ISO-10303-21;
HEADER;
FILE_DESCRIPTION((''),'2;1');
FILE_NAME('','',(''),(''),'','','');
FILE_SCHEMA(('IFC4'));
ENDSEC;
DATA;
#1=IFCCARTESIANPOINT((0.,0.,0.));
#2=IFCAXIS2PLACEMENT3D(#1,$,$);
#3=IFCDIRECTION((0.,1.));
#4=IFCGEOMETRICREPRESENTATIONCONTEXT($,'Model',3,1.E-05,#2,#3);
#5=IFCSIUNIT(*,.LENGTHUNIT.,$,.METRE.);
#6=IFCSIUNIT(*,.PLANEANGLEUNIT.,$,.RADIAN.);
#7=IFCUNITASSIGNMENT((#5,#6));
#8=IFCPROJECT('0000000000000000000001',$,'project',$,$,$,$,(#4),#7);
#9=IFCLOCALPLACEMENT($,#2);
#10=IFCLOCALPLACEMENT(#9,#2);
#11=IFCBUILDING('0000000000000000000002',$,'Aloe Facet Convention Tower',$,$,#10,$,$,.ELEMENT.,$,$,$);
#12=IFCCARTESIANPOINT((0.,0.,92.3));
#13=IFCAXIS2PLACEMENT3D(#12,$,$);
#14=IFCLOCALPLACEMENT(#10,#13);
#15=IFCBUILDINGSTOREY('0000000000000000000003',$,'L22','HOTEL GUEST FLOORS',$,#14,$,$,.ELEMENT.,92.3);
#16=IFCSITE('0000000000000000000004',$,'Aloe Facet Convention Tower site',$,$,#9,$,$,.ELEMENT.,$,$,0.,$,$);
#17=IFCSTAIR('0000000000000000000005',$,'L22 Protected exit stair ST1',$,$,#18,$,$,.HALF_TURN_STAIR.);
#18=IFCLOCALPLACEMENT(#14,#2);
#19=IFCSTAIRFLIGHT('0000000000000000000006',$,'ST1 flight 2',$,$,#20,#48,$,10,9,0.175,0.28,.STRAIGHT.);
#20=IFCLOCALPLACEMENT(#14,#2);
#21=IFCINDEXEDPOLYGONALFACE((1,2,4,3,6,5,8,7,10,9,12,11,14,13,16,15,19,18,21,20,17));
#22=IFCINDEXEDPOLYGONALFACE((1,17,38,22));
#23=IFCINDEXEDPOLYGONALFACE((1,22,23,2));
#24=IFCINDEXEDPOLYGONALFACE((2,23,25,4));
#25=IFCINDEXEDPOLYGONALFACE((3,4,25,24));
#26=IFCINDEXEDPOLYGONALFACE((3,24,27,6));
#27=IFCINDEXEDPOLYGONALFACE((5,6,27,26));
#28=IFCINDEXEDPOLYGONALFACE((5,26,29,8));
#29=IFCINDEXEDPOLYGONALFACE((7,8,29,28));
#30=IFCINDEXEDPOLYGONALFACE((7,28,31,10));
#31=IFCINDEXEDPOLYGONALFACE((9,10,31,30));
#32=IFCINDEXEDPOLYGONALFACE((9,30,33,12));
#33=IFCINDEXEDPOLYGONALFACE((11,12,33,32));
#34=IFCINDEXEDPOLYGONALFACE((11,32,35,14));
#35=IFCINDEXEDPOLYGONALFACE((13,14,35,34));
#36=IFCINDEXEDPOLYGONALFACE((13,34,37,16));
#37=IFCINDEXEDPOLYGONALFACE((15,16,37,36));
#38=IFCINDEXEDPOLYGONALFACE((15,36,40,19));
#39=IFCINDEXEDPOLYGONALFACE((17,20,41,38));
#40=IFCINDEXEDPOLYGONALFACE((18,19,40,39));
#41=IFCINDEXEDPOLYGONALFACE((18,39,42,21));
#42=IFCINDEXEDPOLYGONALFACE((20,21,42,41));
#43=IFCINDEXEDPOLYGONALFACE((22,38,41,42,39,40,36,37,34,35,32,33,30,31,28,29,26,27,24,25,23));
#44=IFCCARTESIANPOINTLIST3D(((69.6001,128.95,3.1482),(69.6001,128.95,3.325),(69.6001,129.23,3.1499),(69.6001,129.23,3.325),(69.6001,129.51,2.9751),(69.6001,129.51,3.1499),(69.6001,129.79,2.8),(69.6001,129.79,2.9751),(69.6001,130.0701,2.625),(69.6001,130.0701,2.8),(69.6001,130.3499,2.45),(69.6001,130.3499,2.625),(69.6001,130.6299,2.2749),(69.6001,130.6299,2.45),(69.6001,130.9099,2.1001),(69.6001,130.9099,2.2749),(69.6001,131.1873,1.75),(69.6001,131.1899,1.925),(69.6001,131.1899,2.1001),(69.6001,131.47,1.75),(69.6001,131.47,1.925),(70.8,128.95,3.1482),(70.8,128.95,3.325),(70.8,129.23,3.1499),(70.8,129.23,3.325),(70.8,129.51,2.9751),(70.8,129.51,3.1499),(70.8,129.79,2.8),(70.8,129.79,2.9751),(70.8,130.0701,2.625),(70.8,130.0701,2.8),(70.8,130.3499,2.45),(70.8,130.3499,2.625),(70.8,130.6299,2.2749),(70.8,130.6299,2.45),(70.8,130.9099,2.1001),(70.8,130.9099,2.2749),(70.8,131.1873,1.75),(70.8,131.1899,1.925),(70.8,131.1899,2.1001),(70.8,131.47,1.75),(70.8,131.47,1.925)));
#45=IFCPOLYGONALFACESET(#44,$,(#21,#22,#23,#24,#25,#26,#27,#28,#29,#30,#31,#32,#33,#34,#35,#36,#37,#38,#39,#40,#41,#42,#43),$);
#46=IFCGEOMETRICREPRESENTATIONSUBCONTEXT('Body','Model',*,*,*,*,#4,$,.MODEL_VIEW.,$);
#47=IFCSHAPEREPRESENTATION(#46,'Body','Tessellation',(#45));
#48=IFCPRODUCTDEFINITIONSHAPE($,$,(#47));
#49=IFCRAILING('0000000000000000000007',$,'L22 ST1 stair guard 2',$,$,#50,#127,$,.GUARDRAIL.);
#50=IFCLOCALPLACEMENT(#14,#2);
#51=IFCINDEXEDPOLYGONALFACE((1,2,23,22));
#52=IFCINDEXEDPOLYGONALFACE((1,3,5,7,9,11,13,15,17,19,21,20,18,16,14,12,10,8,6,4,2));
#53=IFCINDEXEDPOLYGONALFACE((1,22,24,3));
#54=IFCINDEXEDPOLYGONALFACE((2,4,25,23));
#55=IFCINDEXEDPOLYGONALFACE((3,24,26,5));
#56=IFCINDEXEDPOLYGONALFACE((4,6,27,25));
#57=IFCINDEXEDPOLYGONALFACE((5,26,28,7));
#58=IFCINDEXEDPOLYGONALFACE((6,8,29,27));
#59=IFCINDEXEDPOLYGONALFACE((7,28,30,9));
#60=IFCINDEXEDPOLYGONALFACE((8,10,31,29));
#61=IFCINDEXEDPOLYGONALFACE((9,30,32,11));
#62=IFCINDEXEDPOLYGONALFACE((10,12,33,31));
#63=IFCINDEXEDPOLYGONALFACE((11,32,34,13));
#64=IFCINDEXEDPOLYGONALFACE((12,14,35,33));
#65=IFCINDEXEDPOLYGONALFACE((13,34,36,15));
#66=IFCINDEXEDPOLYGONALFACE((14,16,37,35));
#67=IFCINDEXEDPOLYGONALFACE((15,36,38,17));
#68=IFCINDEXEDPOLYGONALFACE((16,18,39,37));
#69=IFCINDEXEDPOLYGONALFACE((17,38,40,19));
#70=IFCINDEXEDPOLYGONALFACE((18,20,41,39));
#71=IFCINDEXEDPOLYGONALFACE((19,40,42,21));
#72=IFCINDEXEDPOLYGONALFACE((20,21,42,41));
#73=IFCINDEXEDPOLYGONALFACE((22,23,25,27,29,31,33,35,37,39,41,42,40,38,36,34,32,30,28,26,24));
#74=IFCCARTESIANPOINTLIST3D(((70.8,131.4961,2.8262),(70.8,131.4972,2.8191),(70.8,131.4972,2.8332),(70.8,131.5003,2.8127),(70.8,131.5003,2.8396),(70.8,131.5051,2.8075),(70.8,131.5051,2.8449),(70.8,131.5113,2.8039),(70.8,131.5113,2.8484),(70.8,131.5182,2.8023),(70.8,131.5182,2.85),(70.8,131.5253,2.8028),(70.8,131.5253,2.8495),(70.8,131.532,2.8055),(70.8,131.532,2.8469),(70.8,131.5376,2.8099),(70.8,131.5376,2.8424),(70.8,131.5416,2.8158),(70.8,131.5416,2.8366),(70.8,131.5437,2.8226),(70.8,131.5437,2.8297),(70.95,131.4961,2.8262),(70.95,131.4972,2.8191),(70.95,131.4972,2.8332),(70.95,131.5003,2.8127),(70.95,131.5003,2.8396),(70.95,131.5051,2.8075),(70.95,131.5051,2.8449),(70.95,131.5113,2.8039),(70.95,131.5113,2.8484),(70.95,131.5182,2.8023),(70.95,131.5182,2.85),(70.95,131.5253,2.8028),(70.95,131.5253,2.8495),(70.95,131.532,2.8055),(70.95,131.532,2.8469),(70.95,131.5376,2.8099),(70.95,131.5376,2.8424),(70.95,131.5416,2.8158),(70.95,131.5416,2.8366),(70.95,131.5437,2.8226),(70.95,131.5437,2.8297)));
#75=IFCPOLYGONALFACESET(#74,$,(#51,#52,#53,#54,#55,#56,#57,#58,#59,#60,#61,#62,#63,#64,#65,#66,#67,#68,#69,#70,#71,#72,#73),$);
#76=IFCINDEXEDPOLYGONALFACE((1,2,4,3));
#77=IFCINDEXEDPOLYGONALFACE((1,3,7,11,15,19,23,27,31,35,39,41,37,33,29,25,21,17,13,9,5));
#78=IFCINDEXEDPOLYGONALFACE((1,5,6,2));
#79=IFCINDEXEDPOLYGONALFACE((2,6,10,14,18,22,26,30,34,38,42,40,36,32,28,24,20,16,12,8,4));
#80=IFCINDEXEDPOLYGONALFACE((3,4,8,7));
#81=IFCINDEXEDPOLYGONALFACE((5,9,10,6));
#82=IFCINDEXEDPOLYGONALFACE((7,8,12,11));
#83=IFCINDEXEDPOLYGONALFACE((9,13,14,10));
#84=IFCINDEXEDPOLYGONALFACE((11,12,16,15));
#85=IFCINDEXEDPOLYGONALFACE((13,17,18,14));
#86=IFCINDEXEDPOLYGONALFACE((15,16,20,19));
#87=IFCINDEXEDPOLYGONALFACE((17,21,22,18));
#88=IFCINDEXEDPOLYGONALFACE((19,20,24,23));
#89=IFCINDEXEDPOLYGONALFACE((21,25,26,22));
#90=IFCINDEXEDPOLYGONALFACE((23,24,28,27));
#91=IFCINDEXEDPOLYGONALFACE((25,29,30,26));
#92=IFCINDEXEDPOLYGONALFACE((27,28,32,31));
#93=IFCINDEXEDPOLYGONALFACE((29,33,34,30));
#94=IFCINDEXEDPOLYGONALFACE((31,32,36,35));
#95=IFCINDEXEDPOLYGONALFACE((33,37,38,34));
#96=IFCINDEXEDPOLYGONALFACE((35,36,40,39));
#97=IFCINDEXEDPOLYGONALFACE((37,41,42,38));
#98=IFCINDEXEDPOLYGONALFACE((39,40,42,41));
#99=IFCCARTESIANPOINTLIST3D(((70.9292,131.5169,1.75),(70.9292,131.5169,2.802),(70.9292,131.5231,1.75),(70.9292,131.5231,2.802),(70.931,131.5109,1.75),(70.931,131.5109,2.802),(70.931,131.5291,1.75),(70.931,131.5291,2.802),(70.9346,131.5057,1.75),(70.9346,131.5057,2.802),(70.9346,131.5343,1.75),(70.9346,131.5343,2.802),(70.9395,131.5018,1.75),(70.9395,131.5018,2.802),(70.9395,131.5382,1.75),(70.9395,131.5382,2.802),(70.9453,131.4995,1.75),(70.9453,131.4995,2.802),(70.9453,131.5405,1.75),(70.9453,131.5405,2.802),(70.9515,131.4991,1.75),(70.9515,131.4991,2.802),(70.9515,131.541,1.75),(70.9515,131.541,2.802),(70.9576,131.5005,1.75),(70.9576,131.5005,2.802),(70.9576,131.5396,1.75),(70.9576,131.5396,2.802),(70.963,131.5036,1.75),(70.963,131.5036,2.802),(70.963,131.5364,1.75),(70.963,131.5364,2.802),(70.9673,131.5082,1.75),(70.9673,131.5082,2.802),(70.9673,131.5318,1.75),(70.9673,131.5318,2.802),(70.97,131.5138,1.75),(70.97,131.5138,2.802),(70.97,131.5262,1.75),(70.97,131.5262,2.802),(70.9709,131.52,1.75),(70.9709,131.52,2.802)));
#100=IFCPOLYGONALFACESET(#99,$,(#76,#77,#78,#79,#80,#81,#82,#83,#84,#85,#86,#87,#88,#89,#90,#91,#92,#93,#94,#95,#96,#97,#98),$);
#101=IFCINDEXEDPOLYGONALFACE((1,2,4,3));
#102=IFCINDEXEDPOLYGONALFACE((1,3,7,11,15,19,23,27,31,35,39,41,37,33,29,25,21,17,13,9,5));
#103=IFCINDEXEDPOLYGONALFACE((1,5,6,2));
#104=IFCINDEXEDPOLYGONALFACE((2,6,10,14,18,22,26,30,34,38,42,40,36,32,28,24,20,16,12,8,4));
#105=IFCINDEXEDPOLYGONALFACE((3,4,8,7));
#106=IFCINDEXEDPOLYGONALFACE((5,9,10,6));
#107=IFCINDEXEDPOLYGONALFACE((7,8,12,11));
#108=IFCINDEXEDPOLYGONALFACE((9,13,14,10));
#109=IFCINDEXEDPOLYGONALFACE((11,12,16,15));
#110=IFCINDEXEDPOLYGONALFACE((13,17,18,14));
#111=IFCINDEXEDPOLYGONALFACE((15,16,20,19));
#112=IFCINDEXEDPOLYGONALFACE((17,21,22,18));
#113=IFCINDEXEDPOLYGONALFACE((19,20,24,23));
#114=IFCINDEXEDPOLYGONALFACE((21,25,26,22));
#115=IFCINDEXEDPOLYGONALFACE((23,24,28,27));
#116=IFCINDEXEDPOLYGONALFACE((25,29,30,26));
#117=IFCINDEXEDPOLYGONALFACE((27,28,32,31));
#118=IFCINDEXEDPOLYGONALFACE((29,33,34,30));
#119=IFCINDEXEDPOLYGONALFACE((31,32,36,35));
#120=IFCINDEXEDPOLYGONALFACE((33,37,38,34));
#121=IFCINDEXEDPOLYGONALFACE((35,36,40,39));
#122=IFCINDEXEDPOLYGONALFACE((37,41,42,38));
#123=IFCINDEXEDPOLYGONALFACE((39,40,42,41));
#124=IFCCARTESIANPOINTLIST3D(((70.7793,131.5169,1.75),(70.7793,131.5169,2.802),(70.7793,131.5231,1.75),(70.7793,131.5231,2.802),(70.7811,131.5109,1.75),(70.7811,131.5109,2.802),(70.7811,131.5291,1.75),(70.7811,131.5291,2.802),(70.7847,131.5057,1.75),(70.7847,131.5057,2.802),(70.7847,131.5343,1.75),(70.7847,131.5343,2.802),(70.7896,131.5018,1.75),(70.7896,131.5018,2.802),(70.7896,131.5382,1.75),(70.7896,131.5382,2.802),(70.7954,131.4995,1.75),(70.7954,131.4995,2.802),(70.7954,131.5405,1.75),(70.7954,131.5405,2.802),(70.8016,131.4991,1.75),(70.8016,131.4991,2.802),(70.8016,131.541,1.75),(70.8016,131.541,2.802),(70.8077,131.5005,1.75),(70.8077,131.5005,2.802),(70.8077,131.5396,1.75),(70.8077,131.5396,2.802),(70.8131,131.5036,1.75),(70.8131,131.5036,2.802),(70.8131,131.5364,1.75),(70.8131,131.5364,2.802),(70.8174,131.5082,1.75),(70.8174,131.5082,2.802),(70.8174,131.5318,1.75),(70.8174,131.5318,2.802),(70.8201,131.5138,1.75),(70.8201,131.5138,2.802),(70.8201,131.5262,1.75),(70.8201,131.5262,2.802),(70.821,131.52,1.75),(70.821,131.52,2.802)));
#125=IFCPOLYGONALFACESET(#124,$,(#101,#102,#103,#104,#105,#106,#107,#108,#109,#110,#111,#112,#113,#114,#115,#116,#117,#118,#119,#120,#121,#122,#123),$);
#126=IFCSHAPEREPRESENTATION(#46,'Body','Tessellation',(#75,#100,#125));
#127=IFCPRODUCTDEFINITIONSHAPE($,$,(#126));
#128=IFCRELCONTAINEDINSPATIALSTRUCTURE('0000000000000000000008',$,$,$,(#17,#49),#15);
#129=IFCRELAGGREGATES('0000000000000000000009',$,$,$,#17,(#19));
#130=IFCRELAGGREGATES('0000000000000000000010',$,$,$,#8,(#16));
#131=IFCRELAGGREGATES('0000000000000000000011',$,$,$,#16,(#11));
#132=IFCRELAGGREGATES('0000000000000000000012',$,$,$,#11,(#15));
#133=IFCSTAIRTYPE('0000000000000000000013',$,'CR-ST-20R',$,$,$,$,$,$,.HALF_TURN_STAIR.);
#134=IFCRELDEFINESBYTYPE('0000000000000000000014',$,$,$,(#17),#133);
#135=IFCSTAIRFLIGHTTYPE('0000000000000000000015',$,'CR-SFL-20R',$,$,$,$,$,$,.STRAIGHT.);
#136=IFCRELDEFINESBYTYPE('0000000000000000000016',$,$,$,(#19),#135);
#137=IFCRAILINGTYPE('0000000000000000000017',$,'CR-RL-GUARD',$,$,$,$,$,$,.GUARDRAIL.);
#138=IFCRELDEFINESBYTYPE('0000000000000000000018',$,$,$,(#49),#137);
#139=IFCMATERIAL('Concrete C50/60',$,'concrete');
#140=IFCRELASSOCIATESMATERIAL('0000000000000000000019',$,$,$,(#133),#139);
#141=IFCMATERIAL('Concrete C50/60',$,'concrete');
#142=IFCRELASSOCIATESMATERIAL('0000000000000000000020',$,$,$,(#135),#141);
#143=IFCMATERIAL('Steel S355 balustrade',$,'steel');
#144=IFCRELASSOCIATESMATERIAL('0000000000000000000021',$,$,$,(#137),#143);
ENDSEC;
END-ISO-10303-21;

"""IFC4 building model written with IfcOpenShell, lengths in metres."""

from ifc_helpers import new_model, si_unit, direction, frame, origin, origin_2d, place, context, subcontext, project, spatial, polyline, circle, outline, extrude, material, type_object, element, aggregate, save


model = new_model("IFC4")

# Units and contexts
model_context = context("Model", 3, precision=1e-05, world=origin(), true_north=direction((0.0, 1.0)))
body_context = subcontext(model_context, "Body", "Model", "MODEL_VIEW")
ifc_project = project(units=[si_unit("LENGTHUNIT", "METRE"), si_unit("PLANEANGLEUNIT", "RADIAN")], contexts=[model_context])

# Site, building, storey
site_placement = place(None, origin())
site = spatial("IfcSite", under=ifc_project, at=site_placement, Name="Aloe Facet Convention Tower site", CompositionType="ELEMENT", RefElevation=0.0)
building_placement = place(site_placement, origin())
building = spatial("IfcBuilding", under=site, at=building_placement, Name="Aloe Facet Convention Tower", CompositionType="ELEMENT")
storey_placement = place(building_placement, frame((0.0, 0.0, 92.3)))
storey = spatial("IfcBuildingStorey", under=building, at=storey_placement, Name="L22", Description="HOTEL GUEST FLOORS", CompositionType="ELEMENT", Elevation=92.3)

# Stair, stair flight
ifc_material_1 = material(Name="Concrete C50/60", Category="concrete")
stair_type = type_object("IfcStairType", Name="CR-ST-20R", PredefinedType="HALF_TURN_STAIR", material=ifc_material_1)
stair_placement = place(storey_placement, origin())
stair = element("IfcStair", 1, at=stair_placement, inside=storey, type_object=stair_type, Name="L22 Protected exit stair ST1", PredefinedType="HALF_TURN_STAIR")
ifc_material_2 = material(Name="Concrete C50/60", Category="concrete")
stair_flight_type = type_object("IfcStairFlightType", Name="CR-SFL-20R", PredefinedType="STRAIGHT", material=ifc_material_2)
stair_flight_placement = place(storey_placement, frame((70.2, 131.47, 1.75), z_axis=(0.0, 0.0, 1.0), x_axis=(0.0, -1.0, 0.0)))
stair_flight = element("IfcStairFlight", 2, at=stair_flight_placement, type_object=stair_flight_type, Name="ST1 flight 2", NumberOfRisers=10, NumberOfTreads=9, PredefinedType="STRAIGHT", RiserHeight=0.175, TreadLength=0.28, context=body_context, shape_type="SweptSolid", body=[
    extrude(outline(polyline([(0.0, 0.0), (0.0, 0.175), (0.28, 0.175), (0.28, 0.3501), (0.5601, 0.3501), (0.5601, 0.5249), (0.8401, 0.5249), (0.8401, 0.7), (1.1201, 0.7), (1.1201, 0.875), (1.3999, 0.875), (1.3999, 1.05), (1.6799, 1.05), (1.6799, 1.2251), (1.96, 1.2251), (1.96, 1.3999), (2.24, 1.3999), (2.24, 1.575), (2.52, 1.575), (2.52, 1.75), (2.52, 1.3982), (0.2827, 0.0), (0.0, 0.0)])), frame((0.0, 0.6001, 0.0), z_axis=(0.0, -1.0, 0.0), x_axis=(1.0, 0.0, 0.0)), (0.0, 0.0, 1.0), 1.2),
])
aggregate(stair, [stair_flight])

# Railing
ifc_material_3 = material(Name="Steel S355 balustrade", Category="steel")
railing_type_1 = type_object("IfcRailingType", Name="CR-RL-GUARD", PredefinedType="GUARDRAIL", material=ifc_material_3)
railing_1_placement = place(storey_placement, frame((70.95, 131.52, 1.75)))
element("IfcRailing", 3, at=railing_1_placement, inside=storey, type_object=railing_type_1, Name="L22 ST1 stair guard 2", PredefinedType="GUARDRAIL", context=body_context, shape_type="SweptSolid", body=[
    extrude(circle(Radius=0.0239, at=origin_2d()), frame((0.0, 0.0, 1.0762), z_axis=(-1.0, 0.0, 0.0), x_axis=(0.0, -1.0, 0.0)), (0.0, 0.0, 1.0), 0.1499),
    extrude(circle(Radius=0.021, at=origin_2d()), origin(), (0.0, 0.0, 1.0), 1.052),
    extrude(circle(Radius=0.021, at=origin_2d()), frame((-0.1499, 0.0, 0.0)), (0.0, 0.0, 1.0), 1.052),
])

save(model, "model.ifc")
